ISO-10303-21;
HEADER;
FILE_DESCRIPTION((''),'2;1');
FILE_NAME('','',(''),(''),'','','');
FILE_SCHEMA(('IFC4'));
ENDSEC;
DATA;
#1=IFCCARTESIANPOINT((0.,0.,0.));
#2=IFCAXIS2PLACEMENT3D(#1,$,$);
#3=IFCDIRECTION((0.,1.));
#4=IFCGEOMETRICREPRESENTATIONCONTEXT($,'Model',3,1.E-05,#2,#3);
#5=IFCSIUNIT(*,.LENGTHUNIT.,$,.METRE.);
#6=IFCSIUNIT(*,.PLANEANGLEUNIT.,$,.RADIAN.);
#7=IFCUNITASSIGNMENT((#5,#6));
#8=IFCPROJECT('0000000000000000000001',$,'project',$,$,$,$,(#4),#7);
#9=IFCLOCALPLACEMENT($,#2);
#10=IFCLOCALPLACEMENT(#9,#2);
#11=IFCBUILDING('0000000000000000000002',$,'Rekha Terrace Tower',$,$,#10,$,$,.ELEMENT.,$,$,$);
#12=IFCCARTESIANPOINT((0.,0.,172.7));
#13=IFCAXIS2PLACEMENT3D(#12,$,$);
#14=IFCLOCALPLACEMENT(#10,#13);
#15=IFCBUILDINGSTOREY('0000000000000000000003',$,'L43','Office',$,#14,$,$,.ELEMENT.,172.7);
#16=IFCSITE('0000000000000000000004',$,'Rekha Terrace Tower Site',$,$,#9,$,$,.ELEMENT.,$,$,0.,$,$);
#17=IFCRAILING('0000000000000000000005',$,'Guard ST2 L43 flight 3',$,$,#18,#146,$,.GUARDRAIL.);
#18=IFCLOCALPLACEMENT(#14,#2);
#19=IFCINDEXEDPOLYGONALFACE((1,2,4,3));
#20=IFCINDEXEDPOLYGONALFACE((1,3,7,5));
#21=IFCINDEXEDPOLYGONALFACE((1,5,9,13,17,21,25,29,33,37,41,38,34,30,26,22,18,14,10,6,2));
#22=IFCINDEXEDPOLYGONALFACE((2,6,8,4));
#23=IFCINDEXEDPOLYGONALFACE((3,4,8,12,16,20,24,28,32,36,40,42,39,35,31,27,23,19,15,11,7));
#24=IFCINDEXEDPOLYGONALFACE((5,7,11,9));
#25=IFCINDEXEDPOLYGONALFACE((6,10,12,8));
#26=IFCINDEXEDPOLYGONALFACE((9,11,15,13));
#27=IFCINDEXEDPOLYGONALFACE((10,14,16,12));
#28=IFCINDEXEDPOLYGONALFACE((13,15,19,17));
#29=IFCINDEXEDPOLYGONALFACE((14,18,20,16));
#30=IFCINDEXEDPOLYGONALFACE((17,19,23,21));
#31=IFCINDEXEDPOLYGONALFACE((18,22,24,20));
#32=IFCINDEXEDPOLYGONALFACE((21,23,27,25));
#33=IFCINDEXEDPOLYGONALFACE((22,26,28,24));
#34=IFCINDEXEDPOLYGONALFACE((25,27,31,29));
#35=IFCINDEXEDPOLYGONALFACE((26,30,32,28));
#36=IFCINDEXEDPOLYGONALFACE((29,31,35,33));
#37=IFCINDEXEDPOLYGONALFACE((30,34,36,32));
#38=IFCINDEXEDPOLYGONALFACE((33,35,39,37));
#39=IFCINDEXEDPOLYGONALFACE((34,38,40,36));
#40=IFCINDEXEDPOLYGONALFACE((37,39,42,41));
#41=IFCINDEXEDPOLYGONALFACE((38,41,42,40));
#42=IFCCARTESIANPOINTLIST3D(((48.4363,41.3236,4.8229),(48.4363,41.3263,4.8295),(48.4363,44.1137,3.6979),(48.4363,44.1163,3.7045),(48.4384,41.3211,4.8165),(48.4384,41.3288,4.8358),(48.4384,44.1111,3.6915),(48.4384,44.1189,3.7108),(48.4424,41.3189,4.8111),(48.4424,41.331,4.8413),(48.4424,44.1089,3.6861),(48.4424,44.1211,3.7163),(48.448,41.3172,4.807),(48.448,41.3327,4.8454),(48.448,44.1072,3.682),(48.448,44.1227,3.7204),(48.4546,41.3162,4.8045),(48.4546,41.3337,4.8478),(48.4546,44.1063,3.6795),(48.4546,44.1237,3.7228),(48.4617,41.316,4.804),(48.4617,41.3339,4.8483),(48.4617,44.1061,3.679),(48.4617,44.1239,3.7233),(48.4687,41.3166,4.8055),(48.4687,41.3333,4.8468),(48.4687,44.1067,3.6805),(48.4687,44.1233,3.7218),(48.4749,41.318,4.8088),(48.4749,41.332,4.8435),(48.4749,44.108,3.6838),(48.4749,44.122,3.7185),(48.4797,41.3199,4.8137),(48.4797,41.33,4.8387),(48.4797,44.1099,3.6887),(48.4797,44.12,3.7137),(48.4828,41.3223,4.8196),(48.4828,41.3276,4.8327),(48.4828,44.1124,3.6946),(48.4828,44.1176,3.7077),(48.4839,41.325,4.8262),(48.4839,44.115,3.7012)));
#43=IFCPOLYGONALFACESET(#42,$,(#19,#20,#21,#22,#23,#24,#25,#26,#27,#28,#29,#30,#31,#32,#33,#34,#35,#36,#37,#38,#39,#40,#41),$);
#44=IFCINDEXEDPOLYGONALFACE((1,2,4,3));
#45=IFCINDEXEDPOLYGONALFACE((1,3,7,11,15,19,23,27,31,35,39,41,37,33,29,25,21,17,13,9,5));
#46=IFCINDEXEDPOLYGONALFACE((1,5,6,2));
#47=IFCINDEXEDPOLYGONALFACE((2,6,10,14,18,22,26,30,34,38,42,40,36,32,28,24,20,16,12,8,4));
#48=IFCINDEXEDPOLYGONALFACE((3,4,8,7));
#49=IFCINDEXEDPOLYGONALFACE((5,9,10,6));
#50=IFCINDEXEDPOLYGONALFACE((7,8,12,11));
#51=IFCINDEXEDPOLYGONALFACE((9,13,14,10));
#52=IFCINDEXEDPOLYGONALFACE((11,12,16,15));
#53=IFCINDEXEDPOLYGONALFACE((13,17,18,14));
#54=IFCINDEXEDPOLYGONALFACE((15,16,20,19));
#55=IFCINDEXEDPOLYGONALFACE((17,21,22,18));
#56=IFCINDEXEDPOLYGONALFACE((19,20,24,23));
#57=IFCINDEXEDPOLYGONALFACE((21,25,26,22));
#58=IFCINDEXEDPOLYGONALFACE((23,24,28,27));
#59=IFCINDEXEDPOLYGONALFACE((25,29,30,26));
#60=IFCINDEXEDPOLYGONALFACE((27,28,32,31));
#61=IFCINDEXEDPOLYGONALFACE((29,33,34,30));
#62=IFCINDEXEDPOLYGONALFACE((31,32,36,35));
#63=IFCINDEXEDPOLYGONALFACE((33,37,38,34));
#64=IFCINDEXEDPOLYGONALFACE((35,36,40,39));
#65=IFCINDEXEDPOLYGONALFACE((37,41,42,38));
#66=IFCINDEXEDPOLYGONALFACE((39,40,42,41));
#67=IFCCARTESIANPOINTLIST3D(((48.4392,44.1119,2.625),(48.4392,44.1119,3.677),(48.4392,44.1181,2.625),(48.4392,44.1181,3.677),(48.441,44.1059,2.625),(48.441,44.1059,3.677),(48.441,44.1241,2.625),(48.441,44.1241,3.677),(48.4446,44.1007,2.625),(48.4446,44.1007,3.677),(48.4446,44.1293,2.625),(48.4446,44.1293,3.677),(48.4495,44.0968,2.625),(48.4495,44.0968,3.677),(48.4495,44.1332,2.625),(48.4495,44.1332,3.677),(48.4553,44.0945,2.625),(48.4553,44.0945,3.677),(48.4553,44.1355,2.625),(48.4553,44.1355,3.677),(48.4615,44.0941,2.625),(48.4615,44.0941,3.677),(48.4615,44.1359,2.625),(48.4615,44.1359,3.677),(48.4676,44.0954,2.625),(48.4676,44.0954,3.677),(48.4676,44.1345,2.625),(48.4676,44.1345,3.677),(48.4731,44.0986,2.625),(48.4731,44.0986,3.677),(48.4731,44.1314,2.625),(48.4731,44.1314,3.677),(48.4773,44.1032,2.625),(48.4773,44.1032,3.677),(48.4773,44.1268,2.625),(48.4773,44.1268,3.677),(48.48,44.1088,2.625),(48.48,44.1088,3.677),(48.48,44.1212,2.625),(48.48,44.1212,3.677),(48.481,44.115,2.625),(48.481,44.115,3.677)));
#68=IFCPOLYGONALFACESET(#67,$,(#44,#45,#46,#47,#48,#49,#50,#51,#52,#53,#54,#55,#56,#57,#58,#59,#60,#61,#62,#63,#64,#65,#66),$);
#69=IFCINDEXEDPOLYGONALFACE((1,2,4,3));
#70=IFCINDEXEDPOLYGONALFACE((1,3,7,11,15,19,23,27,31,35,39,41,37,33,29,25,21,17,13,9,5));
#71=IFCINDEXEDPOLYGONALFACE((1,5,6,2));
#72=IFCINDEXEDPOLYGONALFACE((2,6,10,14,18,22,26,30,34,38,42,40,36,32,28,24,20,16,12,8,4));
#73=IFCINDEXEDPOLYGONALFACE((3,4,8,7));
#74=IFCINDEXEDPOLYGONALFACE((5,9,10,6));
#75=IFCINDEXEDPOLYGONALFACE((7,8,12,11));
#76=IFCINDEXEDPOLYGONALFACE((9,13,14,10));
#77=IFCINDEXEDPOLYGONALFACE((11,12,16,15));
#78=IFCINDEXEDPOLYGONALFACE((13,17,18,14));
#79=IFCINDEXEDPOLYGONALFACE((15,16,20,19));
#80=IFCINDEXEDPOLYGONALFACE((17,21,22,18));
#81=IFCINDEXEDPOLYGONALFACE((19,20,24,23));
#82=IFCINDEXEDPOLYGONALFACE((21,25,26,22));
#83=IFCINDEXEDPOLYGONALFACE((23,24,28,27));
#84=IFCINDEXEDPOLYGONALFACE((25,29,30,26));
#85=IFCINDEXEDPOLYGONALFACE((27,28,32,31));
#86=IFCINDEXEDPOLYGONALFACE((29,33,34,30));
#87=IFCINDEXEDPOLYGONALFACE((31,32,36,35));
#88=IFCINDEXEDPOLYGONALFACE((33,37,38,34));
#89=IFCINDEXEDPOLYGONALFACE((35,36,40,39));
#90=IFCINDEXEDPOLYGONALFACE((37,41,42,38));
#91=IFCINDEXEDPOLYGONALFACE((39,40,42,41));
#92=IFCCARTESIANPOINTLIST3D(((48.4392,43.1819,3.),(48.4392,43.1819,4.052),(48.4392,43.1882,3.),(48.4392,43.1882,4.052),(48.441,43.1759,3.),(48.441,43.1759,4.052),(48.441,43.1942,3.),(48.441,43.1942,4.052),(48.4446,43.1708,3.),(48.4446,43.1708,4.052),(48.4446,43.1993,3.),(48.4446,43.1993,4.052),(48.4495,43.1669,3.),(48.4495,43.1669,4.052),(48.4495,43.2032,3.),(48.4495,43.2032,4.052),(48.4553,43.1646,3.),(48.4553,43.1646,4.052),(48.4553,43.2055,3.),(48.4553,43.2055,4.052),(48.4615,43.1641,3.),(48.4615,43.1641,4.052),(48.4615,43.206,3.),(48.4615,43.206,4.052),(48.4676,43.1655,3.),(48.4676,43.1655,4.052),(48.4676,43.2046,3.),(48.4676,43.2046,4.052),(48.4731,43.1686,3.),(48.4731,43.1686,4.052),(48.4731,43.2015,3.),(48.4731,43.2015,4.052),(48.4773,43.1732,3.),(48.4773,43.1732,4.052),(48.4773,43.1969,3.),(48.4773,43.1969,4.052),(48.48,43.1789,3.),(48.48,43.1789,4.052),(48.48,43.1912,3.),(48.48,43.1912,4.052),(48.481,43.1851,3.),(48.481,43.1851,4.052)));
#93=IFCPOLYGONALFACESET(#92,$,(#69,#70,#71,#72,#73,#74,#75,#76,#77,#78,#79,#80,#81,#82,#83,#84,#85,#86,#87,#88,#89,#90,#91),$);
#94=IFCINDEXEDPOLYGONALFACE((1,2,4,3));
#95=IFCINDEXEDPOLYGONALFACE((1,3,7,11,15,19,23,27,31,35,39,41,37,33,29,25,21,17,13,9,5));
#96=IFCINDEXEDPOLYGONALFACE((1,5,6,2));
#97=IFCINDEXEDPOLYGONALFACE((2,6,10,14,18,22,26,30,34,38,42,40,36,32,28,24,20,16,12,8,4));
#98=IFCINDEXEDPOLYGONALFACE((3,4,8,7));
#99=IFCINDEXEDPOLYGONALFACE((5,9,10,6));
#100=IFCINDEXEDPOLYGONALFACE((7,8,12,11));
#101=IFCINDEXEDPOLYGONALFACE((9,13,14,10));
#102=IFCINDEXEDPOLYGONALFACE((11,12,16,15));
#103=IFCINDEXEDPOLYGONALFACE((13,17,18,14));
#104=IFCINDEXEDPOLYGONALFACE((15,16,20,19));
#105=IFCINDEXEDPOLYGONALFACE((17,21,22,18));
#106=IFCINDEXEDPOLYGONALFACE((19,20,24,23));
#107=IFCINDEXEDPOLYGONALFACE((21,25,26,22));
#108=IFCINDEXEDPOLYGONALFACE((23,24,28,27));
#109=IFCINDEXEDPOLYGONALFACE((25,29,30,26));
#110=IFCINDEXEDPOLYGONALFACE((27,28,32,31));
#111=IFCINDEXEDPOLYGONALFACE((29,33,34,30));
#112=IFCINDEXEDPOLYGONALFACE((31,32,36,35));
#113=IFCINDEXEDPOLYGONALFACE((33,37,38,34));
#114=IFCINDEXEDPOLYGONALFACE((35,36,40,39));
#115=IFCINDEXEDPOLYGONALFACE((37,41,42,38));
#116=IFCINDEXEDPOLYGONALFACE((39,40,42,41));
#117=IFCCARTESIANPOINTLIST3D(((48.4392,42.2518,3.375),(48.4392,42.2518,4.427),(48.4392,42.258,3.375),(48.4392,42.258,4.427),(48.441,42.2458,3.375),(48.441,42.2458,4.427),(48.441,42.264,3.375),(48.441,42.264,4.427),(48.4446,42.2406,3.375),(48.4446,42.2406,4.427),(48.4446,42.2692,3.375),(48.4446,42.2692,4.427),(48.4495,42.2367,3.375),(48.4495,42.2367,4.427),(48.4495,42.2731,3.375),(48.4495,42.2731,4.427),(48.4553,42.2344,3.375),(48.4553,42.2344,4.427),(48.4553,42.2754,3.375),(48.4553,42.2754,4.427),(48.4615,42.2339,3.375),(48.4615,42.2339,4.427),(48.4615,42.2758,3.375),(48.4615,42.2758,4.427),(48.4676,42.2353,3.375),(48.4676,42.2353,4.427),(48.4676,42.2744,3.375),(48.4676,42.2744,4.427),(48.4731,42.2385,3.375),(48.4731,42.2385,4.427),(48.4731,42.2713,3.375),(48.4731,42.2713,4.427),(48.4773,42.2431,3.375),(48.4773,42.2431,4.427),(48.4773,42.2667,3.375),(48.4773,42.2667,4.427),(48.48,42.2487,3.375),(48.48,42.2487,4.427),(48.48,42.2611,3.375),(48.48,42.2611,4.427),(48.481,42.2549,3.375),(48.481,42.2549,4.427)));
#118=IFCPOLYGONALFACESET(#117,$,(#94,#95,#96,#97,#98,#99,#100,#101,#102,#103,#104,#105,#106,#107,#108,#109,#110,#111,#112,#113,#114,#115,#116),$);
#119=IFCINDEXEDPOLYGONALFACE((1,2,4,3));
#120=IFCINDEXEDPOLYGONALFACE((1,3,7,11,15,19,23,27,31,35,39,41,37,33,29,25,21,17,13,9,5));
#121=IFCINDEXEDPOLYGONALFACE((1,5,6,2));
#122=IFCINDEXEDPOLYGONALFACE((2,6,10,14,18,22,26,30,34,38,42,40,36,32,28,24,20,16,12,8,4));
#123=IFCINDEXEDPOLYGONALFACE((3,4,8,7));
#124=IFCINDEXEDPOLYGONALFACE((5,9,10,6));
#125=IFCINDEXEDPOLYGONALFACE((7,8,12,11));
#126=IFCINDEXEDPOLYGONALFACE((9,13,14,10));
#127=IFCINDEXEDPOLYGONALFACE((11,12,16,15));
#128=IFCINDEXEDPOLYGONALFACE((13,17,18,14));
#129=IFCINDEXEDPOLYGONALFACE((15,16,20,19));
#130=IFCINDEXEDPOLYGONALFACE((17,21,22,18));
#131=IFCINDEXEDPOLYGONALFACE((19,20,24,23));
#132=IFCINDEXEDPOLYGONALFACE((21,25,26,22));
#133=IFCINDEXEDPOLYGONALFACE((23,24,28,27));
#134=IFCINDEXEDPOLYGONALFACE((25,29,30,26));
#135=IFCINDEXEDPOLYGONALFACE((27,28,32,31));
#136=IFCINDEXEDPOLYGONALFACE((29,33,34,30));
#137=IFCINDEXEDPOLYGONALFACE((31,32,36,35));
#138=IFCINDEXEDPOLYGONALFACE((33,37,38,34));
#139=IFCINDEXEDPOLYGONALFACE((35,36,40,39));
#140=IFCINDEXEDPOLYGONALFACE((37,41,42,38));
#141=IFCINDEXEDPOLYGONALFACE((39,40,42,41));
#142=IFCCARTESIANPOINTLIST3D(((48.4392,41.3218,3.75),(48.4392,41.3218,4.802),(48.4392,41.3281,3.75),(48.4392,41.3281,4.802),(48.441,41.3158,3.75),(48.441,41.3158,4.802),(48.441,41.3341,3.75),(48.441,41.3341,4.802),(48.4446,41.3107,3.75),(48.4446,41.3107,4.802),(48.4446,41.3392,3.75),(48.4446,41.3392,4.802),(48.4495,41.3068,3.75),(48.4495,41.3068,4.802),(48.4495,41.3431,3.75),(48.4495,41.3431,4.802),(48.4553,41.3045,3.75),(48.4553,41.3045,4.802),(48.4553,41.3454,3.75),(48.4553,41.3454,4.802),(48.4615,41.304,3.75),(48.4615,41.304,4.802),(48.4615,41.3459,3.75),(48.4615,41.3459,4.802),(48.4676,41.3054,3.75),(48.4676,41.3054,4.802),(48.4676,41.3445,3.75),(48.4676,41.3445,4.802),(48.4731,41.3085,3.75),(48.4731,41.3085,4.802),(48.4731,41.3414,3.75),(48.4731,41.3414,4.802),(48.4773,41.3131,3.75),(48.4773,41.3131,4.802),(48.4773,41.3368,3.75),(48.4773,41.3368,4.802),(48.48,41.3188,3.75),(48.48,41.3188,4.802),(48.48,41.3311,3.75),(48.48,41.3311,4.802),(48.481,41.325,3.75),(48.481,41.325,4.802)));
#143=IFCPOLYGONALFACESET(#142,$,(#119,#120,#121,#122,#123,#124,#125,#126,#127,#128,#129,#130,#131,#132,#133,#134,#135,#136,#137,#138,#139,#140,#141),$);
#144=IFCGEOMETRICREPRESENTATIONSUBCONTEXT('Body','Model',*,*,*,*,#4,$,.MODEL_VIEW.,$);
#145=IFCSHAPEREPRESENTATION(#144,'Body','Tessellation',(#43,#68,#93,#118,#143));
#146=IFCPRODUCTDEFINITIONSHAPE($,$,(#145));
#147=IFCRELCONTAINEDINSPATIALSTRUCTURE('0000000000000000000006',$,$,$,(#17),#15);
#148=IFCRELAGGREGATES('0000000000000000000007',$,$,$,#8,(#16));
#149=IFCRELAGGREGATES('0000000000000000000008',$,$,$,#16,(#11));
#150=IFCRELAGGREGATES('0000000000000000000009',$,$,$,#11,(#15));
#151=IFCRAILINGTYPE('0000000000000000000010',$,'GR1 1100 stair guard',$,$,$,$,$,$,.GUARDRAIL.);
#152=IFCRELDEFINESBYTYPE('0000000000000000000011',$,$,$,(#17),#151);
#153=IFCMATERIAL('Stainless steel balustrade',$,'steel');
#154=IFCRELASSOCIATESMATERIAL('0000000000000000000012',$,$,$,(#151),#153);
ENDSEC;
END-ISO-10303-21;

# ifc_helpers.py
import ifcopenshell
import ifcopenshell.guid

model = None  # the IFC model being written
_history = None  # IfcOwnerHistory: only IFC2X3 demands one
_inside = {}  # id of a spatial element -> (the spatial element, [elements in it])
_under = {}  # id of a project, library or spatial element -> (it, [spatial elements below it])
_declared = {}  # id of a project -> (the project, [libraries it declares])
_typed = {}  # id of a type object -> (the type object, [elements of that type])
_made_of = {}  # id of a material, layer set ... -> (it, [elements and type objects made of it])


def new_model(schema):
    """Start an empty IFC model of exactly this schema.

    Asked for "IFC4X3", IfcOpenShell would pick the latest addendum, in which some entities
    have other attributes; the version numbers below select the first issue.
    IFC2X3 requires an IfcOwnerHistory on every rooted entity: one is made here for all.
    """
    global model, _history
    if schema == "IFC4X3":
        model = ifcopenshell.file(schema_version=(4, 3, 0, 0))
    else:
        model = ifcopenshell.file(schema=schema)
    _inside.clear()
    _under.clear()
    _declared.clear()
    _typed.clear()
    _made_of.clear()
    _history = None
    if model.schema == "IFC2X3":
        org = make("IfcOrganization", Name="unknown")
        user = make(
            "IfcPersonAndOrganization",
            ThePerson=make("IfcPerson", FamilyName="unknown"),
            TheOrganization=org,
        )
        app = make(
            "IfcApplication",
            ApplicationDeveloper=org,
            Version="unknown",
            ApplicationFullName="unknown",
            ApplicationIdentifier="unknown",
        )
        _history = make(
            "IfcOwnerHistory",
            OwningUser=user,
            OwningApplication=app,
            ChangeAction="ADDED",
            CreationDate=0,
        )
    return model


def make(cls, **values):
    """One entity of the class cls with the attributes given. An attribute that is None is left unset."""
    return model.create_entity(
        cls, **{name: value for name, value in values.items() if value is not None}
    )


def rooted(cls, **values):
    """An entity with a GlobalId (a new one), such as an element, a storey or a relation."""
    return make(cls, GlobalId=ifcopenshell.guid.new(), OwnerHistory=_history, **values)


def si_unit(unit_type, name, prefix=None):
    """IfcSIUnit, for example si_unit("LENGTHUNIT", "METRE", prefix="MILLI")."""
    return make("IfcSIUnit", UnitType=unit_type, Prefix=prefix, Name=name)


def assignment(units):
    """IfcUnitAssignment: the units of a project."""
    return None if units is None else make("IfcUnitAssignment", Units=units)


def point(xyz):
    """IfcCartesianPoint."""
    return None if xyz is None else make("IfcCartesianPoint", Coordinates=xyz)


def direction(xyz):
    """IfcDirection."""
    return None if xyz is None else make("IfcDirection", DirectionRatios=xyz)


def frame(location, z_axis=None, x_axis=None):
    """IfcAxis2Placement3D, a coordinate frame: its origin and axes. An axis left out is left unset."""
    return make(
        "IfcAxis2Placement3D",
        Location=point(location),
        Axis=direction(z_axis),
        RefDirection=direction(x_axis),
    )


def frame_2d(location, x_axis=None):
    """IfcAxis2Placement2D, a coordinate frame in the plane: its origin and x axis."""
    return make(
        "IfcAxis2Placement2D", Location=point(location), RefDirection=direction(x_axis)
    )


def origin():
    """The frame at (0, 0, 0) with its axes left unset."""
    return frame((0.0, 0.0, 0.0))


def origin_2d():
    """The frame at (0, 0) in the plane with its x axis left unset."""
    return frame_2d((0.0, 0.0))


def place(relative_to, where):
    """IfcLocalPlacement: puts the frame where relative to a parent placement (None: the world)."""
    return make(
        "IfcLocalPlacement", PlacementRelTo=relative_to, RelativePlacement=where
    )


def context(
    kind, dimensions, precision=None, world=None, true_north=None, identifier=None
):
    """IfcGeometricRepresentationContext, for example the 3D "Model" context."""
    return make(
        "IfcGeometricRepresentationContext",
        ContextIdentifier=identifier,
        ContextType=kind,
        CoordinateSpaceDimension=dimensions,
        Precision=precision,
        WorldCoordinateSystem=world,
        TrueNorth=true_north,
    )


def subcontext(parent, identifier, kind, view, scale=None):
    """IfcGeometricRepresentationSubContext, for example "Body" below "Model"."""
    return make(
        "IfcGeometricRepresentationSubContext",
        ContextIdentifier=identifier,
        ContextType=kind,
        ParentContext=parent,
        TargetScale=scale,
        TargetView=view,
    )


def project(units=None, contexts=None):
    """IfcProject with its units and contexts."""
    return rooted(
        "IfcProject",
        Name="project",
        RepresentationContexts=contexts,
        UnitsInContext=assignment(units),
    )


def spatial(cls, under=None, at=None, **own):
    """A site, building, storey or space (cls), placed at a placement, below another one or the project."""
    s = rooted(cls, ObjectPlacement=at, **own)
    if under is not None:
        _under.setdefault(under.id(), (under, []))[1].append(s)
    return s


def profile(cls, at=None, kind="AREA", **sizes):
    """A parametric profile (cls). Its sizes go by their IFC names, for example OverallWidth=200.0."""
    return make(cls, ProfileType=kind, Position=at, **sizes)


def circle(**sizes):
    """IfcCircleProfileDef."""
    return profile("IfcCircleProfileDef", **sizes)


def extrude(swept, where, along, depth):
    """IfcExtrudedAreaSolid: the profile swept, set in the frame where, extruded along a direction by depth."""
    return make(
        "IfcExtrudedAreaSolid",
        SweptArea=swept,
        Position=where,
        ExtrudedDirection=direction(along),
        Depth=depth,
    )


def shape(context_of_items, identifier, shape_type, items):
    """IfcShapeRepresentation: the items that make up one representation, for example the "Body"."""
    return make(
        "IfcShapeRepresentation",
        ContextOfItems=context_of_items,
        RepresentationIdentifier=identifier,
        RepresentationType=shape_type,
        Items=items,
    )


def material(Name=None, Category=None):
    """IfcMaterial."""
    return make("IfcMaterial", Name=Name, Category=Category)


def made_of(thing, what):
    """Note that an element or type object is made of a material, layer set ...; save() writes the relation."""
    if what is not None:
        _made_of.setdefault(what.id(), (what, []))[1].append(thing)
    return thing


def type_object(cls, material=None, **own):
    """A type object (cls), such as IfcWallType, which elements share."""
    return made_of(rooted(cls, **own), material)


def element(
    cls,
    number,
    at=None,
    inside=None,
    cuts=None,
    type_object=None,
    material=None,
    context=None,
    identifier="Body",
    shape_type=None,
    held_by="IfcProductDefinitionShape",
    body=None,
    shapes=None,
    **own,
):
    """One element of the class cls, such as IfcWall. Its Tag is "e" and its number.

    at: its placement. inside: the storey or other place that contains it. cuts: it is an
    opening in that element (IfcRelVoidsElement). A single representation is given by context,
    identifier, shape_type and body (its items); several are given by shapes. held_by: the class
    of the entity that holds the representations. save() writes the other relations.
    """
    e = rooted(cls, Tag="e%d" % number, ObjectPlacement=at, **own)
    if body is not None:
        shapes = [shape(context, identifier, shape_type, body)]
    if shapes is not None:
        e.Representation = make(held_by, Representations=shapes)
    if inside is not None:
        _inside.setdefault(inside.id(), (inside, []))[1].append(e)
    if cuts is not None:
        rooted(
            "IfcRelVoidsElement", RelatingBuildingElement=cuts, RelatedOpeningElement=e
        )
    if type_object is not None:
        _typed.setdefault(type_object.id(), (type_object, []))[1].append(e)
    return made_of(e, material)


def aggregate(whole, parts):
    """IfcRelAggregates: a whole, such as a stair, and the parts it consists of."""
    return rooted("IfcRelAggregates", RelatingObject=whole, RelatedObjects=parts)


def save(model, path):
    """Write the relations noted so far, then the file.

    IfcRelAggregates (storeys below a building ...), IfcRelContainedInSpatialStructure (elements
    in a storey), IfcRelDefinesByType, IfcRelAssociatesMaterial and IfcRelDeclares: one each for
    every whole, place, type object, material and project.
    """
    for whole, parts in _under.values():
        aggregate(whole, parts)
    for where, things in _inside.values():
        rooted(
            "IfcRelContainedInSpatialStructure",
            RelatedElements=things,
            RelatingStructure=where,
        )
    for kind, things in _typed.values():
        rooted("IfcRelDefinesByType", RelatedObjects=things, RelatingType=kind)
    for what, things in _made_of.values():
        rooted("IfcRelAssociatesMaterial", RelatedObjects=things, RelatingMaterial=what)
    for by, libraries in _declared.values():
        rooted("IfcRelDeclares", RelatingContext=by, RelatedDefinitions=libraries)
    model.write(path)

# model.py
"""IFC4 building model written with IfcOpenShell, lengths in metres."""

from ifc_helpers import new_model, si_unit, direction, frame, origin, origin_2d, place, context, subcontext, project, spatial, circle, extrude, material, type_object, element, save


model = new_model("IFC4")

# Units and contexts
model_context = context("Model", 3, precision=1e-05, world=origin(), true_north=direction((0.0, 1.0)))
body_context = subcontext(model_context, "Body", "Model", "MODEL_VIEW")
ifc_project = project(units=[si_unit("LENGTHUNIT", "METRE"), si_unit("PLANEANGLEUNIT", "RADIAN")], contexts=[model_context])

# Site, building, storey
site_placement = place(None, origin())
site = spatial("IfcSite", under=ifc_project, at=site_placement, Name="Rekha Terrace Tower Site", CompositionType="ELEMENT", RefElevation=0.0)
building_placement = place(site_placement, origin())
building = spatial("IfcBuilding", under=site, at=building_placement, Name="Rekha Terrace Tower", CompositionType="ELEMENT")
storey_placement = place(building_placement, frame((0.0, 0.0, 172.7)))
storey = spatial("IfcBuildingStorey", under=building, at=storey_placement, Name="L43", Description="Office", CompositionType="ELEMENT", Elevation=172.7)

# Railing
ifc_material_1 = material(Name="Stainless steel balustrade", Category="steel")
railing_type_1 = type_object("IfcRailingType", Name="GR1 1100 stair guard", PredefinedType="GUARDRAIL", material=ifc_material_1)
railing_1_placement = place(storey_placement, frame((48.46, 44.115, 2.625)))
element("IfcRailing", 1, at=railing_1_placement, inside=storey, type_object=railing_type_1, Name="Guard ST2 L43 flight 3", PredefinedType="GUARDRAIL", context=body_context, shape_type="SweptSolid", body=[
    extrude(circle(Radius=0.0239, at=origin_2d()), frame((0.0, 0.0, 1.0762), z_axis=(0.0, -0.927443, 0.373964), x_axis=(1.0, 0.0, 0.0)), (0.0, 0.0, 1.0), 3.0083),
    extrude(circle(Radius=0.021, at=origin_2d()), origin(), (0.0, 0.0, 1.0), 1.052),
    extrude(circle(Radius=0.021, at=origin_2d()), frame((0.0, -0.9299, 0.375)), (0.0, 0.0, 1.0), 1.052),
    extrude(circle(Radius=0.021, at=origin_2d()), frame((0.0, -1.8601, 0.75)), (0.0, 0.0, 1.0), 1.052),
    extrude(circle(Radius=0.021, at=origin_2d()), frame((0.0, -2.79, 1.125)), (0.0, 0.0, 1.0), 1.052),
])

save(model, "model.ifc")
